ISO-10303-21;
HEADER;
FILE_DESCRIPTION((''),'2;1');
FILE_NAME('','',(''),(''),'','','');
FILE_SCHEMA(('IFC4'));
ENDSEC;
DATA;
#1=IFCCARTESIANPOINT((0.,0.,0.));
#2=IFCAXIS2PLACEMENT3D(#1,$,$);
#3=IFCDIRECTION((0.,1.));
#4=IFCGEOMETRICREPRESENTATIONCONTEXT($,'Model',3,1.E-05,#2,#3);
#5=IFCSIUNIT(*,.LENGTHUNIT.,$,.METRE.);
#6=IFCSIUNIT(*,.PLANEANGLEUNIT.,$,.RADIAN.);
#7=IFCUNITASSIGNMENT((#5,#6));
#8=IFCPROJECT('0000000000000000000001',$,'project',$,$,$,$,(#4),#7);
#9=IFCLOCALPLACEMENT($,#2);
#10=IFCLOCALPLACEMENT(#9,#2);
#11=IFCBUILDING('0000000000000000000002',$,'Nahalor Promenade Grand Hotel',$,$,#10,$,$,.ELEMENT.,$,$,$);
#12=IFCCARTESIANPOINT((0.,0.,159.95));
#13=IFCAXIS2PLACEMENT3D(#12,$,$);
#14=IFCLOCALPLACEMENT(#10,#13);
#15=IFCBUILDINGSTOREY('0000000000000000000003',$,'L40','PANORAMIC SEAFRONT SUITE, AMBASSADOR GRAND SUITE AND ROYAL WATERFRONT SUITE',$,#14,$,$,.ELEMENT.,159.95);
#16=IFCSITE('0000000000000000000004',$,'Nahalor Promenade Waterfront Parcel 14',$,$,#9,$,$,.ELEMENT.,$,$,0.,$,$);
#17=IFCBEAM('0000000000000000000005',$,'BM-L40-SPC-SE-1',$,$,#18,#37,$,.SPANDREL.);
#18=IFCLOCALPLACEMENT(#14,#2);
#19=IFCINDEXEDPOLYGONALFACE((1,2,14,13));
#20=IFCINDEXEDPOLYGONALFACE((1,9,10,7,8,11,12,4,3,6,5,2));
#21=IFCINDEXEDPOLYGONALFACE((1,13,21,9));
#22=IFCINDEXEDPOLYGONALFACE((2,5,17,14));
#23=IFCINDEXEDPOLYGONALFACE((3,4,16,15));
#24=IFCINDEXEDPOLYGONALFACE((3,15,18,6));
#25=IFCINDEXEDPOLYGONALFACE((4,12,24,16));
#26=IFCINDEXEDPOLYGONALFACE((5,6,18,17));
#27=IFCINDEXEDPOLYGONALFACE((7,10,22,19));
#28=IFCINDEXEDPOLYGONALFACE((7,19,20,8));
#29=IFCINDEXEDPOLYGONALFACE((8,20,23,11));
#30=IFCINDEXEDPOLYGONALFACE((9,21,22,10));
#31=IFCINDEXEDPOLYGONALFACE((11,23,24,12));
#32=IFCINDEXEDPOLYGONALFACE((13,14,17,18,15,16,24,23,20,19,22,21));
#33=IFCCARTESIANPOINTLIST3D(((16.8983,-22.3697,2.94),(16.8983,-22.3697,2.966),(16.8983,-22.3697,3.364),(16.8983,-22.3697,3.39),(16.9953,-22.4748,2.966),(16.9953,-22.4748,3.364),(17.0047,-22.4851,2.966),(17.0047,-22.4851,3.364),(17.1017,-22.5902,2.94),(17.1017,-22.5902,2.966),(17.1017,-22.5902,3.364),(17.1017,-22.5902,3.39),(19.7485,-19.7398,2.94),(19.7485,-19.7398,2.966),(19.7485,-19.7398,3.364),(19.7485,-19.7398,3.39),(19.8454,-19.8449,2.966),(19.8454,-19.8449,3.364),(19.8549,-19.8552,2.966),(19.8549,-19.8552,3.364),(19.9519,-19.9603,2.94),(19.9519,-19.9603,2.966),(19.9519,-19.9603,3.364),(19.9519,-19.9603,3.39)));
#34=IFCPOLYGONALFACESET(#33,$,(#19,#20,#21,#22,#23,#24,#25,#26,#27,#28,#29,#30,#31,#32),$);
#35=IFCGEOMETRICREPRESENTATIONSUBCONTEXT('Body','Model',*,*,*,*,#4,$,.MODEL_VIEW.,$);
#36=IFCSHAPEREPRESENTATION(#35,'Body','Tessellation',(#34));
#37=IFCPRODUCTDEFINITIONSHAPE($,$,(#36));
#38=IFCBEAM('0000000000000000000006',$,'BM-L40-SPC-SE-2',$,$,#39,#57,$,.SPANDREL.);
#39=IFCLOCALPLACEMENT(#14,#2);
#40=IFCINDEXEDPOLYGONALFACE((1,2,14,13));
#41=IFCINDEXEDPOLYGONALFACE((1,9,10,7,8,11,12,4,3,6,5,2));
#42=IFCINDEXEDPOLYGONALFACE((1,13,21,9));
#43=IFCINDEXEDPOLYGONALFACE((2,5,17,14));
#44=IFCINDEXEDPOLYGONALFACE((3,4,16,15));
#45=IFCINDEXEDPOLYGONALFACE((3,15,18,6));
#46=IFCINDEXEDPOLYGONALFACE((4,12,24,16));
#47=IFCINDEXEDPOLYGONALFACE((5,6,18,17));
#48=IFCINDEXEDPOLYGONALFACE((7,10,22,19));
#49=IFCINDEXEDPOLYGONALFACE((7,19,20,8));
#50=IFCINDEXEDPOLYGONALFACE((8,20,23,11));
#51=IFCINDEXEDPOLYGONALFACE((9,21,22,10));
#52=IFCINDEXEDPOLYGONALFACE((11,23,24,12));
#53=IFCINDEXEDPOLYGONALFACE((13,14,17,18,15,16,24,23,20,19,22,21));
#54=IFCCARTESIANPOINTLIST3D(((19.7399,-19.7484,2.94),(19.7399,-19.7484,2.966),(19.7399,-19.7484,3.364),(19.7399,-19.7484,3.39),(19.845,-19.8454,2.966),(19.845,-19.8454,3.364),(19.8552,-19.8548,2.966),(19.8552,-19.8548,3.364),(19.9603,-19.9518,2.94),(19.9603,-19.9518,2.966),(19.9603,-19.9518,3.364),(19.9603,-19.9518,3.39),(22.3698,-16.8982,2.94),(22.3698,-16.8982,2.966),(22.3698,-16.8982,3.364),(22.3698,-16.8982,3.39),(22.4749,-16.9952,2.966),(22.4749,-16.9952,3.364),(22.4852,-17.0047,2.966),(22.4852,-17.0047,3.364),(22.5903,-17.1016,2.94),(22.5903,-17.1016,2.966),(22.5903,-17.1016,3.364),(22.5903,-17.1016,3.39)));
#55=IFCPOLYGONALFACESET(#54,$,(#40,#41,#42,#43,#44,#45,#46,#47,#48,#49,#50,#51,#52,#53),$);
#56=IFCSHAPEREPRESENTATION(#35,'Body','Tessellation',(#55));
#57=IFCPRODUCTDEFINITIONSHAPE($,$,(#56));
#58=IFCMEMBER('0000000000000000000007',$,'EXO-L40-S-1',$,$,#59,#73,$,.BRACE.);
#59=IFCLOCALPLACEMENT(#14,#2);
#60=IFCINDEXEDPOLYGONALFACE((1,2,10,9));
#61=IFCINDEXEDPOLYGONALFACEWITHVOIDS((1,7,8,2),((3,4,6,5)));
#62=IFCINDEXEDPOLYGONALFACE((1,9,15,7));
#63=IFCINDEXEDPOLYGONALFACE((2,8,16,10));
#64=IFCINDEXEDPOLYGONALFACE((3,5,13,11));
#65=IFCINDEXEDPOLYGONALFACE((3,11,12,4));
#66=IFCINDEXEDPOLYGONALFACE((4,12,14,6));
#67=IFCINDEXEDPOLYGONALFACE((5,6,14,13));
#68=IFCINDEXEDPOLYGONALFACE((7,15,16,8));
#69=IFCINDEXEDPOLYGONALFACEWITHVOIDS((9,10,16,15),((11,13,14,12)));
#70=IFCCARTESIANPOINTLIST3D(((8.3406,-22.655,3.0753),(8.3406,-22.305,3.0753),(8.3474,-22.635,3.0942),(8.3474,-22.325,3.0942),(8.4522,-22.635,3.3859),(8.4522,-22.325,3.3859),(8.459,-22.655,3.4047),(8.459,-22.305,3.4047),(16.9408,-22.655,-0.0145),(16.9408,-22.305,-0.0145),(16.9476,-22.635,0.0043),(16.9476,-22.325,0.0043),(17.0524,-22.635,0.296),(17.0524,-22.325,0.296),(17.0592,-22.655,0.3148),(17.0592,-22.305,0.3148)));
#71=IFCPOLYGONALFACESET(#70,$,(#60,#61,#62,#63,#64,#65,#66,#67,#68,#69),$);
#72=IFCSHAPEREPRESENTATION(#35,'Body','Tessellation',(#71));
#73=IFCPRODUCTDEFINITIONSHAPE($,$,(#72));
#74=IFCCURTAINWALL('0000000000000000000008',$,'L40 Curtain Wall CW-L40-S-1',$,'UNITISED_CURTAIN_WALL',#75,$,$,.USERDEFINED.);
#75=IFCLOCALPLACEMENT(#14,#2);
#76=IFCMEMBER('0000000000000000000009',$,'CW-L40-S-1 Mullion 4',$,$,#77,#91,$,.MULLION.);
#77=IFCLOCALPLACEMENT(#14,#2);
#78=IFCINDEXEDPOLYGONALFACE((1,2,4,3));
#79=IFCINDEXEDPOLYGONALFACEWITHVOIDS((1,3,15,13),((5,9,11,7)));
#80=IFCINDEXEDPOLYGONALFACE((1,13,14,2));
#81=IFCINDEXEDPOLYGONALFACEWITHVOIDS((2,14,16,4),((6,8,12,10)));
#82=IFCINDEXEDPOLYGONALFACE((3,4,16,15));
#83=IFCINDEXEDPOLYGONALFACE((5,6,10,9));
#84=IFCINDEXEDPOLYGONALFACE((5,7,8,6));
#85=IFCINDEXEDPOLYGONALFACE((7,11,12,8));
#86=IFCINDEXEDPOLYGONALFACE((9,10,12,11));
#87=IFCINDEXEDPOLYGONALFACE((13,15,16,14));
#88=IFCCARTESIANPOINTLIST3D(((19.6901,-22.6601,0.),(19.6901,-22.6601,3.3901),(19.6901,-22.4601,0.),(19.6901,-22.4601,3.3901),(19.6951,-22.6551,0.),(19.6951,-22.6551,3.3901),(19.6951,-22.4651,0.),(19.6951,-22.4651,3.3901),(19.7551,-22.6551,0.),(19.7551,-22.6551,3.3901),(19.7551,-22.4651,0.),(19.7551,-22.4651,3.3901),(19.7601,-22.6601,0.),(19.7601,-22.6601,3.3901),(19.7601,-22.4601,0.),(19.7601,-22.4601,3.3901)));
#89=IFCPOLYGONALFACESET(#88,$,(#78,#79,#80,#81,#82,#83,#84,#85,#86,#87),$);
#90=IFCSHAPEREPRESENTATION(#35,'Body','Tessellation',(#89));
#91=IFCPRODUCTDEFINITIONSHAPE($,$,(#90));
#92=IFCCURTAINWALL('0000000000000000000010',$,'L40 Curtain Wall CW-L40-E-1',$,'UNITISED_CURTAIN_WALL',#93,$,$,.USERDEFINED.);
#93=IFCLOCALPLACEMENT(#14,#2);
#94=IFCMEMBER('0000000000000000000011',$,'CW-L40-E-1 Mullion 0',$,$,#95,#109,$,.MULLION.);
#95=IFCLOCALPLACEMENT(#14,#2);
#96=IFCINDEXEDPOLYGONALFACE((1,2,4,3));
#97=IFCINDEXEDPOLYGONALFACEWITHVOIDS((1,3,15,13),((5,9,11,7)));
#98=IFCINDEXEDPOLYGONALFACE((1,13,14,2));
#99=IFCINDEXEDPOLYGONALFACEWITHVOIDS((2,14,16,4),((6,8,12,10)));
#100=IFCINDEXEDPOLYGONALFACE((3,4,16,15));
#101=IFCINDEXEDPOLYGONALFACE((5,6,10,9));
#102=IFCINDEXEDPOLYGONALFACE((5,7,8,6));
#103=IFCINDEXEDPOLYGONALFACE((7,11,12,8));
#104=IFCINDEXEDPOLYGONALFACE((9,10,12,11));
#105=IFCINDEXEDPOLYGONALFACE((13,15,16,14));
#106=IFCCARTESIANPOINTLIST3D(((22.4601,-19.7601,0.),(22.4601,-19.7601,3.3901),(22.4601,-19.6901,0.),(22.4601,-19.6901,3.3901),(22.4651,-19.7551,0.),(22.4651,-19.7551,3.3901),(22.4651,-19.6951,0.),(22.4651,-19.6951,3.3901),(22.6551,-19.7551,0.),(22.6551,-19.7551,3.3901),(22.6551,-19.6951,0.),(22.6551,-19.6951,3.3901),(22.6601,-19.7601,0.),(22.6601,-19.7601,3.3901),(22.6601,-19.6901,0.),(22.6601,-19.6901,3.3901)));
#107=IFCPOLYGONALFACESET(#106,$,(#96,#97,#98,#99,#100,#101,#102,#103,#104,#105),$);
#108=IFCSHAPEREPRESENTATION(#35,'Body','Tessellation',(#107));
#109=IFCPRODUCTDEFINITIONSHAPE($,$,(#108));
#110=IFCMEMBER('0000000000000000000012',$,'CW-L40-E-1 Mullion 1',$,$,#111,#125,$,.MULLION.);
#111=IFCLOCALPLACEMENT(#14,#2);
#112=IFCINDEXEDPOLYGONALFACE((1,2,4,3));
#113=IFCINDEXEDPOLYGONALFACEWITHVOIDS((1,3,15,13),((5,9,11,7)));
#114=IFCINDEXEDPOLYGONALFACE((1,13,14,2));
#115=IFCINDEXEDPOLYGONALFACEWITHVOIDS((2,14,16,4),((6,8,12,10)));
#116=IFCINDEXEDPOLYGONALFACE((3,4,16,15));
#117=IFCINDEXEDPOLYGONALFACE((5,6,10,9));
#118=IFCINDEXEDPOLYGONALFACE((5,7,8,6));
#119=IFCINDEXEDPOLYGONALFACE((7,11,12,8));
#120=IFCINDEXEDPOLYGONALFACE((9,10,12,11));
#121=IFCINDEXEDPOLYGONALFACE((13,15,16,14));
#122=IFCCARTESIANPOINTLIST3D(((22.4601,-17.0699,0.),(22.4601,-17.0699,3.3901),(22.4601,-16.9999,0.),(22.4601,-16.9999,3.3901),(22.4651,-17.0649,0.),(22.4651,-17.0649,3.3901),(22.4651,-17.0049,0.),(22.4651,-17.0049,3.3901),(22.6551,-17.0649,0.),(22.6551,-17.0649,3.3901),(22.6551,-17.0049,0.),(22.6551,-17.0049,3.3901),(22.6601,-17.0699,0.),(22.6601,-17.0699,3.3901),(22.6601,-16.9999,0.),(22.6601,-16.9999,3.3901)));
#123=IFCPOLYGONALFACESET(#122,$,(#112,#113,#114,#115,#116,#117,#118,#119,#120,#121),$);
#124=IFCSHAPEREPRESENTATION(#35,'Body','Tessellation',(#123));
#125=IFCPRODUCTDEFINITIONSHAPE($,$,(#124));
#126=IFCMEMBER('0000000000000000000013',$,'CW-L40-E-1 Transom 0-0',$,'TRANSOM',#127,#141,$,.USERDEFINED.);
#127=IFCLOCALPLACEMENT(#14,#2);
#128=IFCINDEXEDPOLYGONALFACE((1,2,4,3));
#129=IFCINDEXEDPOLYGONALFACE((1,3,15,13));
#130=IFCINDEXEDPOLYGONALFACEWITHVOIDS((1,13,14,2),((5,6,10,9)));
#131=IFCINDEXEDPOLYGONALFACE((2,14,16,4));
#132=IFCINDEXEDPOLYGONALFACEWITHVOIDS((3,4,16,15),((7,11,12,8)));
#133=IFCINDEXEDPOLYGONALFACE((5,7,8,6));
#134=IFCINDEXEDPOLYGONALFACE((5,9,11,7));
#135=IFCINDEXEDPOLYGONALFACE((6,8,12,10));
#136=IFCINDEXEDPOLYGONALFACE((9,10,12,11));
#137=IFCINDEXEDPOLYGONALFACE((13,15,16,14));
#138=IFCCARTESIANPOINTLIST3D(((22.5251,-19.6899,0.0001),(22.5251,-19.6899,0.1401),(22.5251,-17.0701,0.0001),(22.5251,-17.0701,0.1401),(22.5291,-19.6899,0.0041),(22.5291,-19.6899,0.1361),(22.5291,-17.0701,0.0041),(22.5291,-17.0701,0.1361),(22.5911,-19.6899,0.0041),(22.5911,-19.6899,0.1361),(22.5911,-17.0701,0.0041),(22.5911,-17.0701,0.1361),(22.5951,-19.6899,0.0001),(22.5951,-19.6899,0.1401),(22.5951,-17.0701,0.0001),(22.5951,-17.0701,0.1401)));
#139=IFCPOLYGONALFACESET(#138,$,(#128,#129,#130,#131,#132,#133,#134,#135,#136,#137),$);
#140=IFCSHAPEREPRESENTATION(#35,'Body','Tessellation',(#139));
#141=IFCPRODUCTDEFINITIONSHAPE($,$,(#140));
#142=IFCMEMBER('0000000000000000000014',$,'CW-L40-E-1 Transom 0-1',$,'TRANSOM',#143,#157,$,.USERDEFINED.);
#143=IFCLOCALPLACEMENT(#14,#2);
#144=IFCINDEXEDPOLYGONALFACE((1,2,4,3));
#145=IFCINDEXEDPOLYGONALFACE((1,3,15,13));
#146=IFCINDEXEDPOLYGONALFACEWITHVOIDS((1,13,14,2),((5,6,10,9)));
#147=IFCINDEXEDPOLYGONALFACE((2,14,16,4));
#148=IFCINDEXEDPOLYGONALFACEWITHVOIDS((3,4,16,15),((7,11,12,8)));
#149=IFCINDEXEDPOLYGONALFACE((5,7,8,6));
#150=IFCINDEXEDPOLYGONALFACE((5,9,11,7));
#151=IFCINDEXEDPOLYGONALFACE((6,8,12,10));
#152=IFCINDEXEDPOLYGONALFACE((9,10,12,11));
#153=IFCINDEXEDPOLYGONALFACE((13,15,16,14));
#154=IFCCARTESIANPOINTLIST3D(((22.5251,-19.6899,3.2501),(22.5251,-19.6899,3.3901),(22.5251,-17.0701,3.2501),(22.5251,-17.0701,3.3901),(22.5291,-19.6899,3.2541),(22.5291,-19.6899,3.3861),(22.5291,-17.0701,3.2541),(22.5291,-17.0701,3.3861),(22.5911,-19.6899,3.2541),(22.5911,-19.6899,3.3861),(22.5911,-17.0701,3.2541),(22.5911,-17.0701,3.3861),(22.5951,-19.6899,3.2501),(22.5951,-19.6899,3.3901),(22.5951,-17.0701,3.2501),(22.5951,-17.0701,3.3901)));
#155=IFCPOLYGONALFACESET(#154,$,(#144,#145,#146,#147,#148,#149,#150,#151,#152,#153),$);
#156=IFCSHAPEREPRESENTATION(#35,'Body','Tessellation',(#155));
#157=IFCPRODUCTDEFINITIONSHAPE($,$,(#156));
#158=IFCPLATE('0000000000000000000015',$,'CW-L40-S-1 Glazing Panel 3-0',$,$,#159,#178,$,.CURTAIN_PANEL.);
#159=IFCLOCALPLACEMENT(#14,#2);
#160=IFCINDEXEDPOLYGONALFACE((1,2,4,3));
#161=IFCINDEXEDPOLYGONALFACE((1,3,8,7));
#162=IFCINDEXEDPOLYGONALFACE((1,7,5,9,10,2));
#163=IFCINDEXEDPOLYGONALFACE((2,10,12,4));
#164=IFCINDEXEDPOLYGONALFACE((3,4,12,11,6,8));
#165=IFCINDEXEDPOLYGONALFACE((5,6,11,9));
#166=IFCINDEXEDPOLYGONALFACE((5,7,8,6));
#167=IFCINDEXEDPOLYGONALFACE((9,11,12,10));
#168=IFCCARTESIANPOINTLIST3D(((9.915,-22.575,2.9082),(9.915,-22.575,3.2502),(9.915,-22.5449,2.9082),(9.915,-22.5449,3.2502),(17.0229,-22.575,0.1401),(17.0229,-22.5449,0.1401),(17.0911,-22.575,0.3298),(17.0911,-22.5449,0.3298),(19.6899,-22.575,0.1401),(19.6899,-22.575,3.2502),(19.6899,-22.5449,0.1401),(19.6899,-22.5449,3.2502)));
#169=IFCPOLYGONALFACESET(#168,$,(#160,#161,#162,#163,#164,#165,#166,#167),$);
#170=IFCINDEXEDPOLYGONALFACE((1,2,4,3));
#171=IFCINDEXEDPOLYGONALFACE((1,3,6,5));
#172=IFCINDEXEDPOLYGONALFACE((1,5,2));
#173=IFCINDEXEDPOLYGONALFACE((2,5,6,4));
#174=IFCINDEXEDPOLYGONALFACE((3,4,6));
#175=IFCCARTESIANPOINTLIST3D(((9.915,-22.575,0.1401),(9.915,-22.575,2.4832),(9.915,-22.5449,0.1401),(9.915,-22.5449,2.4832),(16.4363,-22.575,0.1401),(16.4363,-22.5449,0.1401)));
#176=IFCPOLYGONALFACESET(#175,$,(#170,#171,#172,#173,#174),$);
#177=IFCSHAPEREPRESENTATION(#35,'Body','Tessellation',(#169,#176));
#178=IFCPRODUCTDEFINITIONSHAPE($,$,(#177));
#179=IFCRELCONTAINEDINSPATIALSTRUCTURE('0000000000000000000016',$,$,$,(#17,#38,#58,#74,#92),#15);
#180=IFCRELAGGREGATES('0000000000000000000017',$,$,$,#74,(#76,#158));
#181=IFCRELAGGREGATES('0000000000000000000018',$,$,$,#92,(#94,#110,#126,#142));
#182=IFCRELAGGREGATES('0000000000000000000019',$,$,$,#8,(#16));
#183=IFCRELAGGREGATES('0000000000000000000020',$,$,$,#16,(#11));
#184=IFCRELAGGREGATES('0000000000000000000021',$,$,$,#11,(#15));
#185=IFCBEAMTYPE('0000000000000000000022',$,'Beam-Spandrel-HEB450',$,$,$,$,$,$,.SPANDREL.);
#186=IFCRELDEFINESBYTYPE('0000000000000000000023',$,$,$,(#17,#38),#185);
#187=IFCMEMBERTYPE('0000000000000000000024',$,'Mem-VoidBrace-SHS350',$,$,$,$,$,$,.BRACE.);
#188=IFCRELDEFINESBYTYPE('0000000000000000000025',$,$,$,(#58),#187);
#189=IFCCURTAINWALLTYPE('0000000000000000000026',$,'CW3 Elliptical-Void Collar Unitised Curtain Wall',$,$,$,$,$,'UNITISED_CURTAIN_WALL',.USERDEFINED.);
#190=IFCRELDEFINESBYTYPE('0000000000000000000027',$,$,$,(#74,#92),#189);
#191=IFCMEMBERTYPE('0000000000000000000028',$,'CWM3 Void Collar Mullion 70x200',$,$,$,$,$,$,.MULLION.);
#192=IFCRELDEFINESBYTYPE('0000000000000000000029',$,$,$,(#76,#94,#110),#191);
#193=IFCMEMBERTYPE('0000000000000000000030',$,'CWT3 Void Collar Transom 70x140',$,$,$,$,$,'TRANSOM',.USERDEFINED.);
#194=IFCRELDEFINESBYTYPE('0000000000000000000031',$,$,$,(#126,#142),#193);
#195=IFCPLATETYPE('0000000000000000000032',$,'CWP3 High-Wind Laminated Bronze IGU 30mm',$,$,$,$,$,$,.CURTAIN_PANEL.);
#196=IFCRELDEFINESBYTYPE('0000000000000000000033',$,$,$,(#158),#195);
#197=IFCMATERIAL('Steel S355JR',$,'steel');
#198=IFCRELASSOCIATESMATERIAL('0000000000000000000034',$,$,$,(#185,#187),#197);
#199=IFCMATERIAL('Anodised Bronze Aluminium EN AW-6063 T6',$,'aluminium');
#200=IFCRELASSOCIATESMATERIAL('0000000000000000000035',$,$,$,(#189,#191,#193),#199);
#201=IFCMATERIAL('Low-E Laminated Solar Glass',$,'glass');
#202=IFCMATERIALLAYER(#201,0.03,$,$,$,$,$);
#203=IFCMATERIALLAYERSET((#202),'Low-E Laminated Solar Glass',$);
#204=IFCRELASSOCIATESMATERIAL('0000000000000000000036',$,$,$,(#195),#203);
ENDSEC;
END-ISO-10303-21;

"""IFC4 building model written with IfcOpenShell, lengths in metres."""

from ifc_helpers import new_model, si_unit, direction, frame, origin, origin_2d, place, context, subcontext, project, spatial, polyline, hollow_rectangle, i_section, outline, extrude, source, transform, mapped, material, layer, layer_set, material_profile, profile_set, type_object, element, aggregate, save


model = new_model("IFC4")

# Units and contexts
model_context = context("Model", 3, precision=1e-05, world=origin(), true_north=direction((0.0, 1.0)))
body_context = subcontext(model_context, "Body", "Model", "MODEL_VIEW")
ifc_project = project(units=[si_unit("LENGTHUNIT", "METRE"), si_unit("PLANEANGLEUNIT", "RADIAN")], contexts=[model_context])

# Site, building, storey
site_placement = place(None, origin())
site = spatial("IfcSite", under=ifc_project, at=site_placement, Name="Nahalor Promenade Waterfront Parcel 14", CompositionType="ELEMENT", RefElevation=0.0)
building_placement = place(site_placement, origin())
building = spatial("IfcBuilding", under=site, at=building_placement, Name="Nahalor Promenade Grand Hotel", CompositionType="ELEMENT")
storey_placement = place(building_placement, frame((0.0, 0.0, 159.95)))
storey = spatial("IfcBuildingStorey", under=building, at=storey_placement, Name="L40", Description="PANORAMIC SEAFRONT SUITE, AMBASSADOR GRAND SUITE AND ROYAL WATERFRONT SUITE", CompositionType="ELEMENT", Elevation=159.95)

# Beams
ifc_material_1 = material(Name="Steel S355JR", Category="steel")
ifc_material_profile_1 = material_profile(ifc_material_1, i_section(OverallWidth=0.3, OverallDepth=0.45, WebThickness=0.014, FlangeThickness=0.026, at=origin_2d()), Name="HEB 450")
ifc_profile_set_1 = profile_set([ifc_material_profile_1], Name="Steel S355JR")
beam_type_1 = type_object("IfcBeamType", Name="Beam-Spandrel-HEB450", PredefinedType="SPANDREL", material=ifc_profile_set_1)
shared_shape_1 = source(origin(), body_context, "Body", "SweptSolid", [
    extrude(i_section(OverallWidth=0.3, OverallDepth=0.45, WebThickness=0.014, FlangeThickness=0.026, at=origin_2d()), origin(), (0.0, 0.0, 1.0), 3.8782),
])
for number, where, z_axis, x_axis, name in (
    (1, (17.0, -22.48, 3.165), (0.734929, 0.678144, 0.0), (-0.678144, 0.734929, 0.0), "BM-L40-SPC-SE-1"),
    (2, (19.8501, -19.8501, 3.165), (0.678144, 0.734929, 0.0), (-0.734929, 0.678144, 0.0), "BM-L40-SPC-SE-2"),
):
    element("IfcBeam", number, at=place(storey_placement, frame(where, z_axis=z_axis, x_axis=x_axis)), inside=storey, type_object=beam_type_1, Name=name, PredefinedType="SPANDREL", context=body_context, shape_type="MappedRepresentation", body=[
        mapped(shared_shape_1, transform((0.0, 0.0, 0.0), scale=1.0)),
    ])

# Member
ifc_material_profile_2 = material_profile(ifc_material_1, hollow_rectangle(XDim=0.35, YDim=0.35, WallThickness=0.02, at=origin_2d()), Name="SHS 350x350x20")
ifc_profile_set_2 = profile_set([ifc_material_profile_2], Name="Steel S355JR")
member_type_1 = type_object("IfcMemberType", Name="Mem-VoidBrace-SHS350", PredefinedType="BRACE", material=ifc_profile_set_2)
shared_shape_2 = source(origin(), body_context, "Body", "SweptSolid", [
    extrude(hollow_rectangle(XDim=0.35, YDim=0.35, WallThickness=0.02, at=origin_2d()), origin(), (0.0, 0.0, 1.0), 9.1384),
])
member_1_placement = place(storey_placement, frame((17.0, -22.48, 0.1501), z_axis=(-0.941103, 0.0, 0.33812), x_axis=(0.0, -1.0, 0.0)))
element("IfcMember", 3, at=member_1_placement, inside=storey, type_object=member_type_1, Name="EXO-L40-S-1", PredefinedType="BRACE", context=body_context, shape_type="MappedRepresentation", body=[
    mapped(shared_shape_2, transform((0.0, 0.0, 0.0), scale=1.0)),
])

# Curtain wall, member
ifc_material_2 = material(Name="Anodised Bronze Aluminium EN AW-6063 T6", Category="aluminium")
curtain_wall_type = type_object("IfcCurtainWallType", Name="CW3 Elliptical-Void Collar Unitised Curtain Wall", ElementType="UNITISED_CURTAIN_WALL", PredefinedType="USERDEFINED", material=ifc_material_2)
curtain_wall_1_placement = place(storey_placement, origin())
curtain_wall_1 = element("IfcCurtainWall", 4, at=curtain_wall_1_placement, inside=storey, type_object=curtain_wall_type, Name="L40 Curtain Wall CW-L40-S-1", ObjectType="UNITISED_CURTAIN_WALL", PredefinedType="USERDEFINED")
ifc_material_profile_3 = material_profile(ifc_material_2, hollow_rectangle(XDim=0.07, YDim=0.2, WallThickness=0.005, at=origin_2d()), Name="CWM 70x200x5")
ifc_profile_set_3 = profile_set([ifc_material_profile_3], Name="Anodised Bronze Aluminium EN AW-6063 T6")
member_type_2 = type_object("IfcMemberType", Name="CWM3 Void Collar Mullion 70x200", PredefinedType="MULLION", material=ifc_profile_set_3)
shared_shape_3 = source(origin(), body_context, "Body", "SweptSolid", [
    extrude(hollow_rectangle(XDim=0.07, YDim=0.2, WallThickness=0.005, at=origin_2d()), origin(), (0.0, 0.0, 1.0), 3.3901),
])
member_2_placement = place(storey_placement, frame((19.7251, -22.5601, 0.0), z_axis=(0.0, 0.0, 1.0), x_axis=(1.0, 0.0, 0.0)))
member_2 = element("IfcMember", 5, at=member_2_placement, type_object=member_type_2, Name="CW-L40-S-1 Mullion 4", PredefinedType="MULLION", context=body_context, shape_type="MappedRepresentation", body=[
    mapped(shared_shape_3, transform((0.0, 0.0, 0.0), scale=1.0)),
])

# Curtain wall, members
curtain_wall_2_placement = place(storey_placement, origin())
curtain_wall_2 = element("IfcCurtainWall", 6, at=curtain_wall_2_placement, inside=storey, type_object=curtain_wall_type, Name="L40 Curtain Wall CW-L40-E-1", ObjectType="UNITISED_CURTAIN_WALL", PredefinedType="USERDEFINED")
member_3_placement = place(storey_placement, frame((22.5601, -19.7251, 0.0), z_axis=(0.0, 0.0, 1.0), x_axis=(0.0, 1.0, 0.0)))
member_3 = element("IfcMember", 7, at=member_3_placement, type_object=member_type_2, Name="CW-L40-E-1 Mullion 0", PredefinedType="MULLION", context=body_context, shape_type="MappedRepresentation", body=[
    mapped(shared_shape_3, transform((0.0, 0.0, 0.0), scale=1.0)),
])
member_4_placement = place(storey_placement, frame((22.5601, -17.0349, 0.0), z_axis=(0.0, 0.0, 1.0), x_axis=(0.0, 1.0, 0.0)))
member_4 = element("IfcMember", 8, at=member_4_placement, type_object=member_type_2, Name="CW-L40-E-1 Mullion 1", PredefinedType="MULLION", context=body_context, shape_type="MappedRepresentation", body=[
    mapped(shared_shape_3, transform((0.0, 0.0, 0.0), scale=1.0)),
])
ifc_material_profile_4 = material_profile(ifc_material_2, hollow_rectangle(XDim=0.07, YDim=0.14, WallThickness=0.004, at=origin_2d()), Name="CWT 70x140x4")
ifc_profile_set_4 = profile_set([ifc_material_profile_4], Name="Anodised Bronze Aluminium EN AW-6063 T6")
member_type_3 = type_object("IfcMemberType", Name="CWT3 Void Collar Transom 70x140", ElementType="TRANSOM", PredefinedType="USERDEFINED", material=ifc_profile_set_4)
shared_shape_4 = source(origin(), body_context, "Body", "SweptSolid", [
    extrude(hollow_rectangle(XDim=0.07, YDim=0.14, WallThickness=0.004, at=origin_2d()), origin(), (0.0, 0.0, 1.0), 2.6199),
])
member_5_placement = place(storey_placement, frame((22.5601, -19.6899, 0.0701), z_axis=(0.0, 1.0, 0.0), x_axis=(-1.0, 0.0, 0.0)))
member_5 = element("IfcMember", 9, at=member_5_placement, type_object=member_type_3, Name="CW-L40-E-1 Transom 0-0", ObjectType="TRANSOM", PredefinedType="USERDEFINED", context=body_context, shape_type="MappedRepresentation", body=[
    mapped(shared_shape_4, transform((0.0, 0.0, 0.0), scale=1.0)),
])
member_6_placement = place(storey_placement, frame((22.5601, -19.6899, 3.3201), z_axis=(0.0, 1.0, 0.0), x_axis=(-1.0, 0.0, 0.0)))
member_6 = element("IfcMember", 10, at=member_6_placement, type_object=member_type_3, Name="CW-L40-E-1 Transom 0-1", ObjectType="TRANSOM", PredefinedType="USERDEFINED", context=body_context, shape_type="MappedRepresentation", body=[
    mapped(shared_shape_4, transform((0.0, 0.0, 0.0), scale=1.0)),
])

# Plate
ifc_material_3 = material(Name="Low-E Laminated Solar Glass", Category="glass")
ifc_layer_1 = layer(ifc_material_3, 0.03)
ifc_layer_set_1 = layer_set([ifc_layer_1], Name="Low-E Laminated Solar Glass")
plate_type_1 = type_object("IfcPlateType", Name="CWP3 High-Wind Laminated Bronze IGU 30mm", PredefinedType="CURTAIN_PANEL", material=ifc_layer_set_1)
plate_1_placement = place(storey_placement, frame((14.8025, -22.5601, 0.1401), z_axis=(0.0, 0.0, 1.0), x_axis=(1.0, 0.0, 0.0)))
plate_1 = element("IfcPlate", 11, at=plate_1_placement, type_object=plate_type_1, Name="CW-L40-S-1 Glazing Panel 3-0", PredefinedType="CURTAIN_PANEL", context=body_context, shape_type="SweptSolid", body=[
    extrude(outline(polyline([(4.8875, 3.1101), (-4.8875, 3.1101), (-4.8875, 2.7681), (2.2886, 0.1897), (2.2205, 0.0), (4.8875, 0.0), (4.8875, 3.1101)])), frame((0.0, 0.0151, 0.0), z_axis=(0.0, -1.0, 0.0), x_axis=(1.0, 0.0, 0.0)), (0.0, 0.0, 1.0), 0.03),
    extrude(outline(polyline([(-4.8875, 2.343), (-4.8875, 0.0), (1.6338, 0.0), (-4.8875, 2.343)])), frame((0.0, 0.0151, 0.0), z_axis=(0.0, -1.0, 0.0), x_axis=(1.0, 0.0, 0.0)), (0.0, 0.0, 1.0), 0.03),
])
aggregate(curtain_wall_1, [member_2, plate_1])
aggregate(curtain_wall_2, [member_3, member_4, member_5, member_6])

save(model, "model.ifc")
